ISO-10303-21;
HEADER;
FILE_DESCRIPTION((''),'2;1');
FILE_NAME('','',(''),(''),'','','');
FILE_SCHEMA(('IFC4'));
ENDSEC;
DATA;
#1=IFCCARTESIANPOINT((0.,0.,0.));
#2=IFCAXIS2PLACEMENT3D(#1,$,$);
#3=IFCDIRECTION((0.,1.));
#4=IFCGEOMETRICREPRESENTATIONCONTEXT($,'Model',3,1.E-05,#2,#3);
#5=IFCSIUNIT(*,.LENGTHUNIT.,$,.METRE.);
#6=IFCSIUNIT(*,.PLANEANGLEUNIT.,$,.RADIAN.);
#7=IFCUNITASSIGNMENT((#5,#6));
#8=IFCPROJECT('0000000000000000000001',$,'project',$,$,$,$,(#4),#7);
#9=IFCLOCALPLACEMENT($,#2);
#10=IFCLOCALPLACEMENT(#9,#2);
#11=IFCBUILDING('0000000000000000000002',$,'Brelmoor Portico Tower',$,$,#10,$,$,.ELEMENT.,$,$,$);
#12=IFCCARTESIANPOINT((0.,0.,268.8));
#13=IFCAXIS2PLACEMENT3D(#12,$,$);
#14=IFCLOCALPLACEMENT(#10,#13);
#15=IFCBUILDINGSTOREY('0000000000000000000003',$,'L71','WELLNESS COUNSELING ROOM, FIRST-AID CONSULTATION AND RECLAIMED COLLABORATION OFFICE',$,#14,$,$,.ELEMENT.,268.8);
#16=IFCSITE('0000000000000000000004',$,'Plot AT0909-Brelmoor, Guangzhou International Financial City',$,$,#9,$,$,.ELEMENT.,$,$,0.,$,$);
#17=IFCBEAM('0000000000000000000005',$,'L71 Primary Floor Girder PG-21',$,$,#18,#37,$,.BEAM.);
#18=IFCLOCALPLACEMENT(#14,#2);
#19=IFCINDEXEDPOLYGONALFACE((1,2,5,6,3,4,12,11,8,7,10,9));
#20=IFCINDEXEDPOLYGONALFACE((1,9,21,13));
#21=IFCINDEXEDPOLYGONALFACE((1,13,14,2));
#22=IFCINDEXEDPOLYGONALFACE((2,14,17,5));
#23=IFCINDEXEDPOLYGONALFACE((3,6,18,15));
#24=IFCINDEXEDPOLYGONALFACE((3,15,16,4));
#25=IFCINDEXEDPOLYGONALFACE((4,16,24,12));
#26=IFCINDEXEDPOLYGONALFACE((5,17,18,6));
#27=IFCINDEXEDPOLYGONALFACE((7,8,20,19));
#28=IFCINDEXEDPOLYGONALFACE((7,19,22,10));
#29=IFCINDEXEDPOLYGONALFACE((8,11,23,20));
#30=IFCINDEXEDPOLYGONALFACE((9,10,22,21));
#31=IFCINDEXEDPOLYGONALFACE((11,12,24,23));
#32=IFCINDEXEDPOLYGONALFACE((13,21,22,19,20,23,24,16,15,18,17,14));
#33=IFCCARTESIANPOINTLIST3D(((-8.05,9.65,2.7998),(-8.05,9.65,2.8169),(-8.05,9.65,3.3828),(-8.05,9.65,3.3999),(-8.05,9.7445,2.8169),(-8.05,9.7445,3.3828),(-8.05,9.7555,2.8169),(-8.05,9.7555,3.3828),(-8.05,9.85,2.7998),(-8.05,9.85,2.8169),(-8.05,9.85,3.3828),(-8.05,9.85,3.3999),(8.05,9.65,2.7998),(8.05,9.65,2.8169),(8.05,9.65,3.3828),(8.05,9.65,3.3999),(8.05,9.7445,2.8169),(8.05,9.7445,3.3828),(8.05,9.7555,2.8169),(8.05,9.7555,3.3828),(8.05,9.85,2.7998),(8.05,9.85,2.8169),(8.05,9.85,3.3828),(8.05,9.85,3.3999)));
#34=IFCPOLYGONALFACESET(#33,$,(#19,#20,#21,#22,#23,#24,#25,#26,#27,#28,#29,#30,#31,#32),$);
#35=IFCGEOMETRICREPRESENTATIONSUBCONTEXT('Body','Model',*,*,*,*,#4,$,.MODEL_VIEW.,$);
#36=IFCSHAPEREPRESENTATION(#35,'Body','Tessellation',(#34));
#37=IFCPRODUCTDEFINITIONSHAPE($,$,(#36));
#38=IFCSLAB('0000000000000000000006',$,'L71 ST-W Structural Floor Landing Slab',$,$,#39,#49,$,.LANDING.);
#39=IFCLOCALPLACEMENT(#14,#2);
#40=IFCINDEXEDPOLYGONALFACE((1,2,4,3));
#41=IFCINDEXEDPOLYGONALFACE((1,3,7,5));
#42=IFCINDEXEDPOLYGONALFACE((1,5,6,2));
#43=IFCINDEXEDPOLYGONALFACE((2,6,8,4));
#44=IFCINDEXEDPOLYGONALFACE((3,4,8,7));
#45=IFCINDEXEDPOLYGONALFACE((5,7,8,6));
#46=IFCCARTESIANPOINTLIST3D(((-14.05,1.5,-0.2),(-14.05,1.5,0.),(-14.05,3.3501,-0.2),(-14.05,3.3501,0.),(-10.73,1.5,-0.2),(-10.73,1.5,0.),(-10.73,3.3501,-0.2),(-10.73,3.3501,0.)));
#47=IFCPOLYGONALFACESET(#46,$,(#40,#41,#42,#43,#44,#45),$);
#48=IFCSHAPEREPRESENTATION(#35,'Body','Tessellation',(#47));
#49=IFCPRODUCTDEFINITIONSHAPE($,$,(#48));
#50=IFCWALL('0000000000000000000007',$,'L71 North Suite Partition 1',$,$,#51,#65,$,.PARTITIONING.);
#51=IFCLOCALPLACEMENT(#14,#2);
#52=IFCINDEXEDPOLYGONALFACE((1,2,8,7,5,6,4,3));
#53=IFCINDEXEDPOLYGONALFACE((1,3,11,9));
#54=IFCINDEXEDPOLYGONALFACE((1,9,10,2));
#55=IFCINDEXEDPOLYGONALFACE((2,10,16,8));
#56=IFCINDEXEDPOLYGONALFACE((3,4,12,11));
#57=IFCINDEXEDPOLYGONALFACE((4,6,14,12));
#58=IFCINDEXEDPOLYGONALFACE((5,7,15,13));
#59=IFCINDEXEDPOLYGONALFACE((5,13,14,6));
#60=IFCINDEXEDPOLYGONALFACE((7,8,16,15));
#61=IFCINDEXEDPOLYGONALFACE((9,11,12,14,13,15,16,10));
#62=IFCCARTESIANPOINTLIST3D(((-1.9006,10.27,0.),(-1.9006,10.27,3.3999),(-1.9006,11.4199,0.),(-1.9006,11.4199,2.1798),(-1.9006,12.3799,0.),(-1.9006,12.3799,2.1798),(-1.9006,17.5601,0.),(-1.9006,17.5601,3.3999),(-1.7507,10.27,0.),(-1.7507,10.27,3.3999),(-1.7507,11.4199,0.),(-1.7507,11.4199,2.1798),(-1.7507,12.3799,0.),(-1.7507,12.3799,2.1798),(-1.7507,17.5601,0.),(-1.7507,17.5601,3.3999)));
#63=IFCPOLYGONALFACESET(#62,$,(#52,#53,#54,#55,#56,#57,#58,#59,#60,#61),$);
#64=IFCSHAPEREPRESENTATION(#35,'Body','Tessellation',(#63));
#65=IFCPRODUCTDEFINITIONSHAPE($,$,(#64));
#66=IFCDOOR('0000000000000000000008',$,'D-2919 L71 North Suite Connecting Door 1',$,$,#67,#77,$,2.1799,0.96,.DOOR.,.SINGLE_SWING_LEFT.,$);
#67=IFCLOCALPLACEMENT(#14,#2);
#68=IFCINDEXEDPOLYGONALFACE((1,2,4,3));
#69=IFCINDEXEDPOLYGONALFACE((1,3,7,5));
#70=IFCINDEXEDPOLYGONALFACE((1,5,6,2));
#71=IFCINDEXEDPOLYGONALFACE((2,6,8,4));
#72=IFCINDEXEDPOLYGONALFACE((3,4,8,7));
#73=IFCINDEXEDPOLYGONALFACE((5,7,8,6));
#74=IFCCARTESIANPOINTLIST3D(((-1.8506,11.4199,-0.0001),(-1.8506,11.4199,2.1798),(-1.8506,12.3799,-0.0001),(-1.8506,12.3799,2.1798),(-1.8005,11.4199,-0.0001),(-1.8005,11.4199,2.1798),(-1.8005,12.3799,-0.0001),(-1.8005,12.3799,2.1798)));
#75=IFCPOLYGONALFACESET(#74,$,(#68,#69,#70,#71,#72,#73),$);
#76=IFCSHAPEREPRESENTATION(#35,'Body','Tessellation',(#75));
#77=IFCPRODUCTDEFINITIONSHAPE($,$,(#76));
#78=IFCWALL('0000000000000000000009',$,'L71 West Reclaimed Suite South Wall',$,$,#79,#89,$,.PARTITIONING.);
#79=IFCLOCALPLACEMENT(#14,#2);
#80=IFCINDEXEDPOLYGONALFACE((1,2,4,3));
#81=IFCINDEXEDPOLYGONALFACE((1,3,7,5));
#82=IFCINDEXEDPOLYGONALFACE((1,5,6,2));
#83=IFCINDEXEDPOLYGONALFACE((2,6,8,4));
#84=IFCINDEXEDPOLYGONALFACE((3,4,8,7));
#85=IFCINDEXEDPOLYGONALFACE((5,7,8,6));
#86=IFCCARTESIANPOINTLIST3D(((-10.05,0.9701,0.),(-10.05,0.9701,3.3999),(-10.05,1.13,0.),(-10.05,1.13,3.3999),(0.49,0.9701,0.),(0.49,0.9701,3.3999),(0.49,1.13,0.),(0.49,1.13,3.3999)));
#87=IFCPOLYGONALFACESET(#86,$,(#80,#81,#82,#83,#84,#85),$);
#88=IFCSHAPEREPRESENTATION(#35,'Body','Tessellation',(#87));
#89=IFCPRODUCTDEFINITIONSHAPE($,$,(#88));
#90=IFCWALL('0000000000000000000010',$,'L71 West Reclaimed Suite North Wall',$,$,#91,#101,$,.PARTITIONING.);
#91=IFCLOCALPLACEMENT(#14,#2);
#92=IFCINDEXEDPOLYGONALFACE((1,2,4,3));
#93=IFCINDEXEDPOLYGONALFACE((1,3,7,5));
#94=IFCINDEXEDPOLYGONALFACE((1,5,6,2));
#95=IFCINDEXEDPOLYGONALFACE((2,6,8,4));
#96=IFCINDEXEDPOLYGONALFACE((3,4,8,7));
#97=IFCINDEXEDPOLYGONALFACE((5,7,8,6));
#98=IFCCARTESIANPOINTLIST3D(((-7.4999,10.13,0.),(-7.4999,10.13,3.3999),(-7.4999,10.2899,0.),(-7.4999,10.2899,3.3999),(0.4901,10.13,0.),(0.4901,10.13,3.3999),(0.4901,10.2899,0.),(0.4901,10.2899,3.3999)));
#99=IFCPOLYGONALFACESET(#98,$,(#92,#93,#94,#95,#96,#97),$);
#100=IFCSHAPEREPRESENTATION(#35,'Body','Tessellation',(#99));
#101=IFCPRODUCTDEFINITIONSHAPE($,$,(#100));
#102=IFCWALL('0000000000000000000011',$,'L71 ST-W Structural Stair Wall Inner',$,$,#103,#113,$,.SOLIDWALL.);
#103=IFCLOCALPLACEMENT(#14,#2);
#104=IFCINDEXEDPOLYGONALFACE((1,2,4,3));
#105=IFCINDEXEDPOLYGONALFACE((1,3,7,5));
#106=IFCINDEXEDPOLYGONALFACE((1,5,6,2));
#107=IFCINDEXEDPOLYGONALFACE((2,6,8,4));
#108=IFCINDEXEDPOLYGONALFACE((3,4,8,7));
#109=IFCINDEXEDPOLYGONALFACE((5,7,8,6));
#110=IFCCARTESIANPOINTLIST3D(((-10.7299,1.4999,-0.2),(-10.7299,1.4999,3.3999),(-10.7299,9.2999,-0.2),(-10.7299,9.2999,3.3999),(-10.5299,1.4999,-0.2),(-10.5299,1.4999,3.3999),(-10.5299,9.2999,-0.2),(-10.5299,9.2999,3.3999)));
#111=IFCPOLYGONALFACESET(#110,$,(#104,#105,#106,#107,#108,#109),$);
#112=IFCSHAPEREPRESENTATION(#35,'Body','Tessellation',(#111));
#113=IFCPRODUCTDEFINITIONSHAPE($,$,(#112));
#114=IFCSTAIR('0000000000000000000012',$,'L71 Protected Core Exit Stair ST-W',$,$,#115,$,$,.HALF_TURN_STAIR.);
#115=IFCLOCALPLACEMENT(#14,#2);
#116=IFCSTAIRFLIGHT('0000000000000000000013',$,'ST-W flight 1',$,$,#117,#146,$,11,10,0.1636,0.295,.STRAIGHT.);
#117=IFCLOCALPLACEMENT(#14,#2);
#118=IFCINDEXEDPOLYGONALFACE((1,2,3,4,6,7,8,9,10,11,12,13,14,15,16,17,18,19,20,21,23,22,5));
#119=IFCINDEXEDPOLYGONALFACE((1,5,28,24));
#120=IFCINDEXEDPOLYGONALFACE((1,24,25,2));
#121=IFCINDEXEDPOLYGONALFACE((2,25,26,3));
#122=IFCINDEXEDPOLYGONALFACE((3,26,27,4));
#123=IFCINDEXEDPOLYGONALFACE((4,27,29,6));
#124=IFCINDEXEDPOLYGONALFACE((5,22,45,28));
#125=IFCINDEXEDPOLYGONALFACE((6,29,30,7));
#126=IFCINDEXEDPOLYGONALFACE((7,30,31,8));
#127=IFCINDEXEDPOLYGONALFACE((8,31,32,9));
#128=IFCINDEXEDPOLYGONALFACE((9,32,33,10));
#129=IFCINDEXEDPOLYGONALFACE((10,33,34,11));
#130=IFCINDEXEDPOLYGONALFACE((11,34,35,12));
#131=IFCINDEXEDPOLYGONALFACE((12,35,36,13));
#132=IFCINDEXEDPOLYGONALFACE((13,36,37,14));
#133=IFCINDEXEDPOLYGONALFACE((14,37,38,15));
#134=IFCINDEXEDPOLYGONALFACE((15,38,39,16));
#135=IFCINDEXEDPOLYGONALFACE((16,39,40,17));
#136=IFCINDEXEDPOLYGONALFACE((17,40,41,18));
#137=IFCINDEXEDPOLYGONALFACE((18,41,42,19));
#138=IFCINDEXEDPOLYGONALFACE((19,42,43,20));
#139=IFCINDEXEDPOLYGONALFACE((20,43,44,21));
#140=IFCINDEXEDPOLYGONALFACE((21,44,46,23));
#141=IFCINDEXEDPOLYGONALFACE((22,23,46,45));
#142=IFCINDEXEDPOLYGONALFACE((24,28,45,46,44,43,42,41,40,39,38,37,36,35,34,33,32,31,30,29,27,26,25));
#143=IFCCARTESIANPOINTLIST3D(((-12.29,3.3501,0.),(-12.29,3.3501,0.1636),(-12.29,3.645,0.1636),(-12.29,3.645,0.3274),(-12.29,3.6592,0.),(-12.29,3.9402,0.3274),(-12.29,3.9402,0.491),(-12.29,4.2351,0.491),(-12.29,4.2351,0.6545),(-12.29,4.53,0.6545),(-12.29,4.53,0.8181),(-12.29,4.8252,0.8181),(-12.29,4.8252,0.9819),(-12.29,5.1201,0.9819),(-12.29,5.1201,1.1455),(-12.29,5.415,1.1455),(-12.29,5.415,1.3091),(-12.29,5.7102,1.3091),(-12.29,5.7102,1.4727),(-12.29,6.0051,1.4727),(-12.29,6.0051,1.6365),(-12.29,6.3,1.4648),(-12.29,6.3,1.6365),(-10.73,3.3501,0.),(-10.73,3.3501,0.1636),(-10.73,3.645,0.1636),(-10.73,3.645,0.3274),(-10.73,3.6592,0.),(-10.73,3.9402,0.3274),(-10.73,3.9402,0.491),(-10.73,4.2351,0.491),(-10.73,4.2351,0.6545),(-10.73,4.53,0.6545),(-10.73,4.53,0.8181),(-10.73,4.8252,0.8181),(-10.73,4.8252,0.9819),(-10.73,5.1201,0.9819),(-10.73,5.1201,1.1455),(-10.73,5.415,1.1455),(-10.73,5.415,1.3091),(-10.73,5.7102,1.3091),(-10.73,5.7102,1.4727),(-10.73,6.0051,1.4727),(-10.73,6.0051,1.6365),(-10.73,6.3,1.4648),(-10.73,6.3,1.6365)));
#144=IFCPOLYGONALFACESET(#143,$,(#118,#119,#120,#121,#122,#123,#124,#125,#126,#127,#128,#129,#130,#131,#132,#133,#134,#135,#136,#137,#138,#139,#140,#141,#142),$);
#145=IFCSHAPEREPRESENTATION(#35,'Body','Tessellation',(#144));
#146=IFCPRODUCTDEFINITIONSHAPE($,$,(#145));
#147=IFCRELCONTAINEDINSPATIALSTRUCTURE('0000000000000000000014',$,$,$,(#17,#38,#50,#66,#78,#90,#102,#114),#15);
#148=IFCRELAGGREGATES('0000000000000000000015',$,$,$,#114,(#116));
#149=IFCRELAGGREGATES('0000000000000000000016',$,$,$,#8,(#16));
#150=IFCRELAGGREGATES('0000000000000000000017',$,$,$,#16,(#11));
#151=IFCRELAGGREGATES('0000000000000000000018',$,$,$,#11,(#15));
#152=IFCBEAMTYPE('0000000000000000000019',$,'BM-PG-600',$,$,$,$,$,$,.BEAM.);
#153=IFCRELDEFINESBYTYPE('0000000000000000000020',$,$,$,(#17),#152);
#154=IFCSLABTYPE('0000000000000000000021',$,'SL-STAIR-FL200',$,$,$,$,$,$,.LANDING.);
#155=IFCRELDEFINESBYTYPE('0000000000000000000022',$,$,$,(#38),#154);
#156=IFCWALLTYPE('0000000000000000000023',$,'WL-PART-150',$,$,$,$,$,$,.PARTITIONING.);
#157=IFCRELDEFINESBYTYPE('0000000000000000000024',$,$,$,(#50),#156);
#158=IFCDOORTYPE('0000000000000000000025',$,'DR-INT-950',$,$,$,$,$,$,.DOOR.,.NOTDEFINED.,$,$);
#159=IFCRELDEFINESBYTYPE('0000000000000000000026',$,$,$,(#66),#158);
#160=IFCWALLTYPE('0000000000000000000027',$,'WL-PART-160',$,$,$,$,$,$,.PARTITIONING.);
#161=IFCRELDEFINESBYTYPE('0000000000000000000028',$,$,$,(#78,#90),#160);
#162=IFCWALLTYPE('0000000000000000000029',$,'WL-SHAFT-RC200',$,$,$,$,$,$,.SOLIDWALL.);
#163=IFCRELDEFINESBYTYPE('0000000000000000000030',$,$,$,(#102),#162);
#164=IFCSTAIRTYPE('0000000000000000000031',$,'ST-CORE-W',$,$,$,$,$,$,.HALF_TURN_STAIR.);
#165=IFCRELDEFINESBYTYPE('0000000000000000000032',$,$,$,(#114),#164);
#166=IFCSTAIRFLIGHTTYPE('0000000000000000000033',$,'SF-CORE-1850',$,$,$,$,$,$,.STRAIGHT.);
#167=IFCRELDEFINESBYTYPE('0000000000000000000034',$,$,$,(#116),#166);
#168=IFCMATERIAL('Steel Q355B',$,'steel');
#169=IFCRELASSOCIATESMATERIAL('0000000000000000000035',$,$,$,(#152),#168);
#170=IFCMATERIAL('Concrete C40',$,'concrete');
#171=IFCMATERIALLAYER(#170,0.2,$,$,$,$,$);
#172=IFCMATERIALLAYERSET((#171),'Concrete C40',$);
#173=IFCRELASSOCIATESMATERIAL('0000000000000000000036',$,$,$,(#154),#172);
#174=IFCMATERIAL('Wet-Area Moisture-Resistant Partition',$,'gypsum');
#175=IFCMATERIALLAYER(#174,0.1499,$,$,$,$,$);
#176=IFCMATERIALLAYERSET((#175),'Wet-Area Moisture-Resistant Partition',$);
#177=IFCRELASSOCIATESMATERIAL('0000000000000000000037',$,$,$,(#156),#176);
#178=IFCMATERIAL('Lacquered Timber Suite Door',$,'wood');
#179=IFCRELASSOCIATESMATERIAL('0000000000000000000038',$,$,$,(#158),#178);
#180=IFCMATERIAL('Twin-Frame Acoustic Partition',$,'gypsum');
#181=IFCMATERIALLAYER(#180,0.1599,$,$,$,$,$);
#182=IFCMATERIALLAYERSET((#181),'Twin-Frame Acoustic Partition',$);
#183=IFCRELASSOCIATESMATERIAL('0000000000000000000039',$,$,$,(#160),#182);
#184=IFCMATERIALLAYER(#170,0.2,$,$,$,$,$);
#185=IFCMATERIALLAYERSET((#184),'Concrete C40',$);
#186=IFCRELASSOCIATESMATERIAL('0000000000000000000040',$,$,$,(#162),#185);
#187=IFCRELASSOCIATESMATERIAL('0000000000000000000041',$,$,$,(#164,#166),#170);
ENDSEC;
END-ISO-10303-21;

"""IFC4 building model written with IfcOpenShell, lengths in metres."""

from ifc_helpers import new_model, si_unit, direction, frame, frame_2d, origin, origin_2d, place, context, subcontext, project, spatial, polyline, rectangle, i_section, outline, extrude, material, layer, layer_set, material_profile, profile_set, type_object, element, fill, aggregate, save


model = new_model("IFC4")

# Units and contexts
model_context = context("Model", 3, precision=1e-05, world=origin(), true_north=direction((0.0, 1.0)))
body_context = subcontext(model_context, "Body", "Model", "MODEL_VIEW")
ifc_project = project(units=[si_unit("LENGTHUNIT", "METRE"), si_unit("PLANEANGLEUNIT", "RADIAN")], contexts=[model_context])

# Site, building, storey
site_placement = place(None, origin())
site = spatial("IfcSite", under=ifc_project, at=site_placement, Name="Plot AT0909-Brelmoor, Guangzhou International Financial City", CompositionType="ELEMENT", RefElevation=0.0)
building_placement = place(site_placement, origin())
building = spatial("IfcBuilding", under=site, at=building_placement, Name="Brelmoor Portico Tower", CompositionType="ELEMENT")
storey_placement = place(building_placement, frame((0.0, 0.0, 268.8)))
storey = spatial("IfcBuildingStorey", under=building, at=storey_placement, Name="L71", Description="WELLNESS COUNSELING ROOM, FIRST-AID CONSULTATION AND RECLAIMED COLLABORATION OFFICE", CompositionType="ELEMENT", Elevation=268.8)

# Shared definitions
ifc_material_1 = material(Name="Steel Q355B", Category="steel")

# Beam
ifc_material_profile_1 = material_profile(ifc_material_1, i_section(OverallWidth=0.2, OverallDepth=0.6001, WebThickness=0.011, FlangeThickness=0.0171, at=origin_2d()), Name="HN 600x200x11x17")
ifc_profile_set_1 = profile_set([ifc_material_profile_1], Name="Steel Q355B")
beam_type_1 = type_object("IfcBeamType", Name="BM-PG-600", PredefinedType="BEAM", material=ifc_profile_set_1)
for number, where, z_axis, x_axis, name in (
    (1, (-8.05, 9.75, 3.0999), (1.0, 0.0, 0.0), (0.0, 1.0, 0.0), "L71 Primary Floor Girder PG-21"),
):
    element("IfcBeam", number, at=place(storey_placement, frame(where, z_axis=z_axis, x_axis=x_axis)), inside=storey, type_object=beam_type_1, Name=name, PredefinedType="BEAM", context=body_context, shape_type="SweptSolid", body=[
        extrude(i_section(OverallWidth=0.2, OverallDepth=0.6001, WebThickness=0.011, FlangeThickness=0.0171, at=origin_2d()), origin(), (0.0, 0.0, 1.0), 16.1001),
    ])

# Slab
ifc_material_2 = material(Name="Concrete C40", Category="concrete")
ifc_layer_1 = layer(ifc_material_2, 0.2)
ifc_layer_set_1 = layer_set([ifc_layer_1], Name="Concrete C40")
slab_type = type_object("IfcSlabType", Name="SL-STAIR-FL200", PredefinedType="LANDING", material=ifc_layer_set_1)
slab_placement = place(storey_placement, frame((0.0, 0.0, -0.2)))
element("IfcSlab", 2, at=slab_placement, inside=storey, type_object=slab_type, Name="L71 ST-W Structural Floor Landing Slab", PredefinedType="LANDING", context=body_context, shape_type="SweptSolid", body=[
    extrude(outline(polyline([(-10.73, 1.5), (-10.73, 3.3501), (-14.05, 3.3501), (-14.05, 1.5), (-10.73, 1.5)])), origin(), (0.0, 0.0, 1.0), 0.2),
])

# Wall, opening, door
ifc_material_3 = material(Name="Wet-Area Moisture-Resistant Partition", Category="gypsum")
ifc_layer_2 = layer(ifc_material_3, 0.1499)
ifc_layer_set_2 = layer_set([ifc_layer_2], Name="Wet-Area Moisture-Resistant Partition")
wall_type_1 = type_object("IfcWallType", Name="WL-PART-150", PredefinedType="PARTITIONING", material=ifc_layer_set_2)
wall_1_placement = place(storey_placement, frame((-1.8257, 10.27, 0.0), z_axis=(0.0, 0.0, 1.0), x_axis=(0.0, 1.0, 0.0)))
wall_1 = element("IfcWall", 3, at=wall_1_placement, inside=storey, type_object=wall_type_1, Name="L71 North Suite Partition 1", PredefinedType="PARTITIONING", context=body_context, shape_type="SweptSolid", body=[
    extrude(rectangle(XDim=7.29, YDim=0.1499, at=frame_2d((3.645, 0.0))), origin(), (0.0, 0.0, 1.0), 3.3999),
])
opening_placement = place(wall_1_placement, frame((1.1499, 0.0, 0.0)))
opening = element("IfcOpeningElement", 4, at=opening_placement, cuts=wall_1, PredefinedType="OPENING", context=body_context, shape_type="SweptSolid", body=[
    extrude(rectangle(XDim=0.96, YDim=2.1799, at=frame_2d((0.48, 1.0898))), frame((0.0, 0.085, 0.0), z_axis=(0.0, -1.0, 0.0), x_axis=(1.0, 0.0, 0.0)), (0.0, 0.0, 1.0), 0.1699),
])
ifc_material_4 = material(Name="Lacquered Timber Suite Door", Category="wood")
door_type = type_object("IfcDoorType", Name="DR-INT-950", OperationType="NOTDEFINED", PredefinedType="DOOR", material=ifc_material_4)
door_placement = place(opening_placement, origin())
door = element("IfcDoor", 5, at=door_placement, inside=storey, type_object=door_type, Name="D-2919 L71 North Suite Connecting Door 1", OperationType="SINGLE_SWING_LEFT", OverallHeight=2.1799, OverallWidth=0.96, PredefinedType="DOOR", context=body_context, shape_type="SweptSolid", body=[
    extrude(rectangle(XDim=0.96, YDim=2.1799, at=frame_2d((0.48, 1.0898))), frame((0.0, 0.0249, 0.0), z_axis=(0.0, -1.0, 0.0), x_axis=(1.0, 0.0, 0.0)), (0.0, 0.0, 1.0), 0.05),
])
fill(opening, door)

# Walls
ifc_material_5 = material(Name="Twin-Frame Acoustic Partition", Category="gypsum")
ifc_layer_3 = layer(ifc_material_5, 0.1599)
ifc_layer_set_3 = layer_set([ifc_layer_3], Name="Twin-Frame Acoustic Partition")
wall_type_2 = type_object("IfcWallType", Name="WL-PART-160", PredefinedType="PARTITIONING", material=ifc_layer_set_3)
wall_2_placement = place(storey_placement, frame((-10.05, 1.05, 0.0), z_axis=(0.0, 0.0, 1.0), x_axis=(1.0, 0.0, 0.0)))
element("IfcWall", 6, at=wall_2_placement, inside=storey, type_object=wall_type_2, Name="L71 West Reclaimed Suite South Wall", PredefinedType="PARTITIONING", context=body_context, shape_type="SweptSolid", body=[
    extrude(rectangle(XDim=10.54, YDim=0.1599, at=frame_2d((5.27, 0.0))), origin(), (0.0, 0.0, 1.0), 3.3999),
])
wall_3_placement = place(storey_placement, frame((-7.5, 10.21, 0.0), z_axis=(0.0, 0.0, 1.0), x_axis=(1.0, 0.0, 0.0)))
element("IfcWall", 7, at=wall_3_placement, inside=storey, type_object=wall_type_2, Name="L71 West Reclaimed Suite North Wall", PredefinedType="PARTITIONING", context=body_context, shape_type="SweptSolid", body=[
    extrude(rectangle(XDim=7.99, YDim=0.1599, at=frame_2d((3.9951, 0.0))), origin(), (0.0, 0.0, 1.0), 3.3999),
])
ifc_layer_4 = layer(ifc_material_2, 0.2)
ifc_layer_set_4 = layer_set([ifc_layer_4], Name="Concrete C40")
wall_type_3 = type_object("IfcWallType", Name="WL-SHAFT-RC200", PredefinedType="SOLIDWALL", material=ifc_layer_set_4)
wall_4_placement = place(storey_placement, frame((-10.6299, 1.5, -0.2), z_axis=(0.0, 0.0, 1.0), x_axis=(0.0, 1.0, 0.0)))
element("IfcWall", 8, at=wall_4_placement, inside=storey, type_object=wall_type_3, Name="L71 ST-W Structural Stair Wall Inner", PredefinedType="SOLIDWALL", context=body_context, shape_type="SweptSolid", body=[
    extrude(rectangle(XDim=7.8, YDim=0.2, at=frame_2d((3.8999, 0.0))), origin(), (0.0, 0.0, 1.0), 3.5999),
])

# Stair, stair flight
stair_type = type_object("IfcStairType", Name="ST-CORE-W", PredefinedType="HALF_TURN_STAIR", material=ifc_material_2)
stair_placement = place(storey_placement, origin())
stair = element("IfcStair", 9, at=stair_placement, inside=storey, type_object=stair_type, Name="L71 Protected Core Exit Stair ST-W", PredefinedType="HALF_TURN_STAIR")
stair_flight_type = type_object("IfcStairFlightType", Name="SF-CORE-1850", PredefinedType="STRAIGHT", material=ifc_material_2)
stair_flight_placement = place(storey_placement, frame((-11.51, 3.3501, 0.0), z_axis=(0.0, 0.0, 1.0), x_axis=(0.0, 1.0, 0.0)))
stair_flight = element("IfcStairFlight", 10, at=stair_flight_placement, type_object=stair_flight_type, Name="ST-W flight 1", NumberOfRisers=11, NumberOfTreads=10, PredefinedType="STRAIGHT", RiserHeight=0.1636, TreadLength=0.295, context=body_context, shape_type="SweptSolid", body=[
    extrude(outline(polyline([(0.0, 0.0), (0.0, 0.1636), (0.2949, 0.1636), (0.2949, 0.3274), (0.5901, 0.3274), (0.5901, 0.491), (0.885, 0.491), (0.885, 0.6545), (1.1799, 0.6545), (1.1799, 0.8181), (1.4751, 0.8181), (1.4751, 0.9819), (1.77, 0.9819), (1.77, 1.1455), (2.0649, 1.1455), (2.0649, 1.3091), (2.3601, 1.3091), (2.3601, 1.4727), (2.655, 1.4727), (2.655, 1.6365), (2.95, 1.6365), (2.95, 1.8), (2.95, 1.4648), (0.3091, 0.0), (0.0, 0.0)])), frame((0.0, 0.78, 0.0), z_axis=(0.0, -1.0, 0.0), x_axis=(1.0, 0.0, 0.0)), (0.0, 0.0, 1.0), 1.5601),
])
aggregate(stair, [stair_flight])

save(model, "model.ifc")
